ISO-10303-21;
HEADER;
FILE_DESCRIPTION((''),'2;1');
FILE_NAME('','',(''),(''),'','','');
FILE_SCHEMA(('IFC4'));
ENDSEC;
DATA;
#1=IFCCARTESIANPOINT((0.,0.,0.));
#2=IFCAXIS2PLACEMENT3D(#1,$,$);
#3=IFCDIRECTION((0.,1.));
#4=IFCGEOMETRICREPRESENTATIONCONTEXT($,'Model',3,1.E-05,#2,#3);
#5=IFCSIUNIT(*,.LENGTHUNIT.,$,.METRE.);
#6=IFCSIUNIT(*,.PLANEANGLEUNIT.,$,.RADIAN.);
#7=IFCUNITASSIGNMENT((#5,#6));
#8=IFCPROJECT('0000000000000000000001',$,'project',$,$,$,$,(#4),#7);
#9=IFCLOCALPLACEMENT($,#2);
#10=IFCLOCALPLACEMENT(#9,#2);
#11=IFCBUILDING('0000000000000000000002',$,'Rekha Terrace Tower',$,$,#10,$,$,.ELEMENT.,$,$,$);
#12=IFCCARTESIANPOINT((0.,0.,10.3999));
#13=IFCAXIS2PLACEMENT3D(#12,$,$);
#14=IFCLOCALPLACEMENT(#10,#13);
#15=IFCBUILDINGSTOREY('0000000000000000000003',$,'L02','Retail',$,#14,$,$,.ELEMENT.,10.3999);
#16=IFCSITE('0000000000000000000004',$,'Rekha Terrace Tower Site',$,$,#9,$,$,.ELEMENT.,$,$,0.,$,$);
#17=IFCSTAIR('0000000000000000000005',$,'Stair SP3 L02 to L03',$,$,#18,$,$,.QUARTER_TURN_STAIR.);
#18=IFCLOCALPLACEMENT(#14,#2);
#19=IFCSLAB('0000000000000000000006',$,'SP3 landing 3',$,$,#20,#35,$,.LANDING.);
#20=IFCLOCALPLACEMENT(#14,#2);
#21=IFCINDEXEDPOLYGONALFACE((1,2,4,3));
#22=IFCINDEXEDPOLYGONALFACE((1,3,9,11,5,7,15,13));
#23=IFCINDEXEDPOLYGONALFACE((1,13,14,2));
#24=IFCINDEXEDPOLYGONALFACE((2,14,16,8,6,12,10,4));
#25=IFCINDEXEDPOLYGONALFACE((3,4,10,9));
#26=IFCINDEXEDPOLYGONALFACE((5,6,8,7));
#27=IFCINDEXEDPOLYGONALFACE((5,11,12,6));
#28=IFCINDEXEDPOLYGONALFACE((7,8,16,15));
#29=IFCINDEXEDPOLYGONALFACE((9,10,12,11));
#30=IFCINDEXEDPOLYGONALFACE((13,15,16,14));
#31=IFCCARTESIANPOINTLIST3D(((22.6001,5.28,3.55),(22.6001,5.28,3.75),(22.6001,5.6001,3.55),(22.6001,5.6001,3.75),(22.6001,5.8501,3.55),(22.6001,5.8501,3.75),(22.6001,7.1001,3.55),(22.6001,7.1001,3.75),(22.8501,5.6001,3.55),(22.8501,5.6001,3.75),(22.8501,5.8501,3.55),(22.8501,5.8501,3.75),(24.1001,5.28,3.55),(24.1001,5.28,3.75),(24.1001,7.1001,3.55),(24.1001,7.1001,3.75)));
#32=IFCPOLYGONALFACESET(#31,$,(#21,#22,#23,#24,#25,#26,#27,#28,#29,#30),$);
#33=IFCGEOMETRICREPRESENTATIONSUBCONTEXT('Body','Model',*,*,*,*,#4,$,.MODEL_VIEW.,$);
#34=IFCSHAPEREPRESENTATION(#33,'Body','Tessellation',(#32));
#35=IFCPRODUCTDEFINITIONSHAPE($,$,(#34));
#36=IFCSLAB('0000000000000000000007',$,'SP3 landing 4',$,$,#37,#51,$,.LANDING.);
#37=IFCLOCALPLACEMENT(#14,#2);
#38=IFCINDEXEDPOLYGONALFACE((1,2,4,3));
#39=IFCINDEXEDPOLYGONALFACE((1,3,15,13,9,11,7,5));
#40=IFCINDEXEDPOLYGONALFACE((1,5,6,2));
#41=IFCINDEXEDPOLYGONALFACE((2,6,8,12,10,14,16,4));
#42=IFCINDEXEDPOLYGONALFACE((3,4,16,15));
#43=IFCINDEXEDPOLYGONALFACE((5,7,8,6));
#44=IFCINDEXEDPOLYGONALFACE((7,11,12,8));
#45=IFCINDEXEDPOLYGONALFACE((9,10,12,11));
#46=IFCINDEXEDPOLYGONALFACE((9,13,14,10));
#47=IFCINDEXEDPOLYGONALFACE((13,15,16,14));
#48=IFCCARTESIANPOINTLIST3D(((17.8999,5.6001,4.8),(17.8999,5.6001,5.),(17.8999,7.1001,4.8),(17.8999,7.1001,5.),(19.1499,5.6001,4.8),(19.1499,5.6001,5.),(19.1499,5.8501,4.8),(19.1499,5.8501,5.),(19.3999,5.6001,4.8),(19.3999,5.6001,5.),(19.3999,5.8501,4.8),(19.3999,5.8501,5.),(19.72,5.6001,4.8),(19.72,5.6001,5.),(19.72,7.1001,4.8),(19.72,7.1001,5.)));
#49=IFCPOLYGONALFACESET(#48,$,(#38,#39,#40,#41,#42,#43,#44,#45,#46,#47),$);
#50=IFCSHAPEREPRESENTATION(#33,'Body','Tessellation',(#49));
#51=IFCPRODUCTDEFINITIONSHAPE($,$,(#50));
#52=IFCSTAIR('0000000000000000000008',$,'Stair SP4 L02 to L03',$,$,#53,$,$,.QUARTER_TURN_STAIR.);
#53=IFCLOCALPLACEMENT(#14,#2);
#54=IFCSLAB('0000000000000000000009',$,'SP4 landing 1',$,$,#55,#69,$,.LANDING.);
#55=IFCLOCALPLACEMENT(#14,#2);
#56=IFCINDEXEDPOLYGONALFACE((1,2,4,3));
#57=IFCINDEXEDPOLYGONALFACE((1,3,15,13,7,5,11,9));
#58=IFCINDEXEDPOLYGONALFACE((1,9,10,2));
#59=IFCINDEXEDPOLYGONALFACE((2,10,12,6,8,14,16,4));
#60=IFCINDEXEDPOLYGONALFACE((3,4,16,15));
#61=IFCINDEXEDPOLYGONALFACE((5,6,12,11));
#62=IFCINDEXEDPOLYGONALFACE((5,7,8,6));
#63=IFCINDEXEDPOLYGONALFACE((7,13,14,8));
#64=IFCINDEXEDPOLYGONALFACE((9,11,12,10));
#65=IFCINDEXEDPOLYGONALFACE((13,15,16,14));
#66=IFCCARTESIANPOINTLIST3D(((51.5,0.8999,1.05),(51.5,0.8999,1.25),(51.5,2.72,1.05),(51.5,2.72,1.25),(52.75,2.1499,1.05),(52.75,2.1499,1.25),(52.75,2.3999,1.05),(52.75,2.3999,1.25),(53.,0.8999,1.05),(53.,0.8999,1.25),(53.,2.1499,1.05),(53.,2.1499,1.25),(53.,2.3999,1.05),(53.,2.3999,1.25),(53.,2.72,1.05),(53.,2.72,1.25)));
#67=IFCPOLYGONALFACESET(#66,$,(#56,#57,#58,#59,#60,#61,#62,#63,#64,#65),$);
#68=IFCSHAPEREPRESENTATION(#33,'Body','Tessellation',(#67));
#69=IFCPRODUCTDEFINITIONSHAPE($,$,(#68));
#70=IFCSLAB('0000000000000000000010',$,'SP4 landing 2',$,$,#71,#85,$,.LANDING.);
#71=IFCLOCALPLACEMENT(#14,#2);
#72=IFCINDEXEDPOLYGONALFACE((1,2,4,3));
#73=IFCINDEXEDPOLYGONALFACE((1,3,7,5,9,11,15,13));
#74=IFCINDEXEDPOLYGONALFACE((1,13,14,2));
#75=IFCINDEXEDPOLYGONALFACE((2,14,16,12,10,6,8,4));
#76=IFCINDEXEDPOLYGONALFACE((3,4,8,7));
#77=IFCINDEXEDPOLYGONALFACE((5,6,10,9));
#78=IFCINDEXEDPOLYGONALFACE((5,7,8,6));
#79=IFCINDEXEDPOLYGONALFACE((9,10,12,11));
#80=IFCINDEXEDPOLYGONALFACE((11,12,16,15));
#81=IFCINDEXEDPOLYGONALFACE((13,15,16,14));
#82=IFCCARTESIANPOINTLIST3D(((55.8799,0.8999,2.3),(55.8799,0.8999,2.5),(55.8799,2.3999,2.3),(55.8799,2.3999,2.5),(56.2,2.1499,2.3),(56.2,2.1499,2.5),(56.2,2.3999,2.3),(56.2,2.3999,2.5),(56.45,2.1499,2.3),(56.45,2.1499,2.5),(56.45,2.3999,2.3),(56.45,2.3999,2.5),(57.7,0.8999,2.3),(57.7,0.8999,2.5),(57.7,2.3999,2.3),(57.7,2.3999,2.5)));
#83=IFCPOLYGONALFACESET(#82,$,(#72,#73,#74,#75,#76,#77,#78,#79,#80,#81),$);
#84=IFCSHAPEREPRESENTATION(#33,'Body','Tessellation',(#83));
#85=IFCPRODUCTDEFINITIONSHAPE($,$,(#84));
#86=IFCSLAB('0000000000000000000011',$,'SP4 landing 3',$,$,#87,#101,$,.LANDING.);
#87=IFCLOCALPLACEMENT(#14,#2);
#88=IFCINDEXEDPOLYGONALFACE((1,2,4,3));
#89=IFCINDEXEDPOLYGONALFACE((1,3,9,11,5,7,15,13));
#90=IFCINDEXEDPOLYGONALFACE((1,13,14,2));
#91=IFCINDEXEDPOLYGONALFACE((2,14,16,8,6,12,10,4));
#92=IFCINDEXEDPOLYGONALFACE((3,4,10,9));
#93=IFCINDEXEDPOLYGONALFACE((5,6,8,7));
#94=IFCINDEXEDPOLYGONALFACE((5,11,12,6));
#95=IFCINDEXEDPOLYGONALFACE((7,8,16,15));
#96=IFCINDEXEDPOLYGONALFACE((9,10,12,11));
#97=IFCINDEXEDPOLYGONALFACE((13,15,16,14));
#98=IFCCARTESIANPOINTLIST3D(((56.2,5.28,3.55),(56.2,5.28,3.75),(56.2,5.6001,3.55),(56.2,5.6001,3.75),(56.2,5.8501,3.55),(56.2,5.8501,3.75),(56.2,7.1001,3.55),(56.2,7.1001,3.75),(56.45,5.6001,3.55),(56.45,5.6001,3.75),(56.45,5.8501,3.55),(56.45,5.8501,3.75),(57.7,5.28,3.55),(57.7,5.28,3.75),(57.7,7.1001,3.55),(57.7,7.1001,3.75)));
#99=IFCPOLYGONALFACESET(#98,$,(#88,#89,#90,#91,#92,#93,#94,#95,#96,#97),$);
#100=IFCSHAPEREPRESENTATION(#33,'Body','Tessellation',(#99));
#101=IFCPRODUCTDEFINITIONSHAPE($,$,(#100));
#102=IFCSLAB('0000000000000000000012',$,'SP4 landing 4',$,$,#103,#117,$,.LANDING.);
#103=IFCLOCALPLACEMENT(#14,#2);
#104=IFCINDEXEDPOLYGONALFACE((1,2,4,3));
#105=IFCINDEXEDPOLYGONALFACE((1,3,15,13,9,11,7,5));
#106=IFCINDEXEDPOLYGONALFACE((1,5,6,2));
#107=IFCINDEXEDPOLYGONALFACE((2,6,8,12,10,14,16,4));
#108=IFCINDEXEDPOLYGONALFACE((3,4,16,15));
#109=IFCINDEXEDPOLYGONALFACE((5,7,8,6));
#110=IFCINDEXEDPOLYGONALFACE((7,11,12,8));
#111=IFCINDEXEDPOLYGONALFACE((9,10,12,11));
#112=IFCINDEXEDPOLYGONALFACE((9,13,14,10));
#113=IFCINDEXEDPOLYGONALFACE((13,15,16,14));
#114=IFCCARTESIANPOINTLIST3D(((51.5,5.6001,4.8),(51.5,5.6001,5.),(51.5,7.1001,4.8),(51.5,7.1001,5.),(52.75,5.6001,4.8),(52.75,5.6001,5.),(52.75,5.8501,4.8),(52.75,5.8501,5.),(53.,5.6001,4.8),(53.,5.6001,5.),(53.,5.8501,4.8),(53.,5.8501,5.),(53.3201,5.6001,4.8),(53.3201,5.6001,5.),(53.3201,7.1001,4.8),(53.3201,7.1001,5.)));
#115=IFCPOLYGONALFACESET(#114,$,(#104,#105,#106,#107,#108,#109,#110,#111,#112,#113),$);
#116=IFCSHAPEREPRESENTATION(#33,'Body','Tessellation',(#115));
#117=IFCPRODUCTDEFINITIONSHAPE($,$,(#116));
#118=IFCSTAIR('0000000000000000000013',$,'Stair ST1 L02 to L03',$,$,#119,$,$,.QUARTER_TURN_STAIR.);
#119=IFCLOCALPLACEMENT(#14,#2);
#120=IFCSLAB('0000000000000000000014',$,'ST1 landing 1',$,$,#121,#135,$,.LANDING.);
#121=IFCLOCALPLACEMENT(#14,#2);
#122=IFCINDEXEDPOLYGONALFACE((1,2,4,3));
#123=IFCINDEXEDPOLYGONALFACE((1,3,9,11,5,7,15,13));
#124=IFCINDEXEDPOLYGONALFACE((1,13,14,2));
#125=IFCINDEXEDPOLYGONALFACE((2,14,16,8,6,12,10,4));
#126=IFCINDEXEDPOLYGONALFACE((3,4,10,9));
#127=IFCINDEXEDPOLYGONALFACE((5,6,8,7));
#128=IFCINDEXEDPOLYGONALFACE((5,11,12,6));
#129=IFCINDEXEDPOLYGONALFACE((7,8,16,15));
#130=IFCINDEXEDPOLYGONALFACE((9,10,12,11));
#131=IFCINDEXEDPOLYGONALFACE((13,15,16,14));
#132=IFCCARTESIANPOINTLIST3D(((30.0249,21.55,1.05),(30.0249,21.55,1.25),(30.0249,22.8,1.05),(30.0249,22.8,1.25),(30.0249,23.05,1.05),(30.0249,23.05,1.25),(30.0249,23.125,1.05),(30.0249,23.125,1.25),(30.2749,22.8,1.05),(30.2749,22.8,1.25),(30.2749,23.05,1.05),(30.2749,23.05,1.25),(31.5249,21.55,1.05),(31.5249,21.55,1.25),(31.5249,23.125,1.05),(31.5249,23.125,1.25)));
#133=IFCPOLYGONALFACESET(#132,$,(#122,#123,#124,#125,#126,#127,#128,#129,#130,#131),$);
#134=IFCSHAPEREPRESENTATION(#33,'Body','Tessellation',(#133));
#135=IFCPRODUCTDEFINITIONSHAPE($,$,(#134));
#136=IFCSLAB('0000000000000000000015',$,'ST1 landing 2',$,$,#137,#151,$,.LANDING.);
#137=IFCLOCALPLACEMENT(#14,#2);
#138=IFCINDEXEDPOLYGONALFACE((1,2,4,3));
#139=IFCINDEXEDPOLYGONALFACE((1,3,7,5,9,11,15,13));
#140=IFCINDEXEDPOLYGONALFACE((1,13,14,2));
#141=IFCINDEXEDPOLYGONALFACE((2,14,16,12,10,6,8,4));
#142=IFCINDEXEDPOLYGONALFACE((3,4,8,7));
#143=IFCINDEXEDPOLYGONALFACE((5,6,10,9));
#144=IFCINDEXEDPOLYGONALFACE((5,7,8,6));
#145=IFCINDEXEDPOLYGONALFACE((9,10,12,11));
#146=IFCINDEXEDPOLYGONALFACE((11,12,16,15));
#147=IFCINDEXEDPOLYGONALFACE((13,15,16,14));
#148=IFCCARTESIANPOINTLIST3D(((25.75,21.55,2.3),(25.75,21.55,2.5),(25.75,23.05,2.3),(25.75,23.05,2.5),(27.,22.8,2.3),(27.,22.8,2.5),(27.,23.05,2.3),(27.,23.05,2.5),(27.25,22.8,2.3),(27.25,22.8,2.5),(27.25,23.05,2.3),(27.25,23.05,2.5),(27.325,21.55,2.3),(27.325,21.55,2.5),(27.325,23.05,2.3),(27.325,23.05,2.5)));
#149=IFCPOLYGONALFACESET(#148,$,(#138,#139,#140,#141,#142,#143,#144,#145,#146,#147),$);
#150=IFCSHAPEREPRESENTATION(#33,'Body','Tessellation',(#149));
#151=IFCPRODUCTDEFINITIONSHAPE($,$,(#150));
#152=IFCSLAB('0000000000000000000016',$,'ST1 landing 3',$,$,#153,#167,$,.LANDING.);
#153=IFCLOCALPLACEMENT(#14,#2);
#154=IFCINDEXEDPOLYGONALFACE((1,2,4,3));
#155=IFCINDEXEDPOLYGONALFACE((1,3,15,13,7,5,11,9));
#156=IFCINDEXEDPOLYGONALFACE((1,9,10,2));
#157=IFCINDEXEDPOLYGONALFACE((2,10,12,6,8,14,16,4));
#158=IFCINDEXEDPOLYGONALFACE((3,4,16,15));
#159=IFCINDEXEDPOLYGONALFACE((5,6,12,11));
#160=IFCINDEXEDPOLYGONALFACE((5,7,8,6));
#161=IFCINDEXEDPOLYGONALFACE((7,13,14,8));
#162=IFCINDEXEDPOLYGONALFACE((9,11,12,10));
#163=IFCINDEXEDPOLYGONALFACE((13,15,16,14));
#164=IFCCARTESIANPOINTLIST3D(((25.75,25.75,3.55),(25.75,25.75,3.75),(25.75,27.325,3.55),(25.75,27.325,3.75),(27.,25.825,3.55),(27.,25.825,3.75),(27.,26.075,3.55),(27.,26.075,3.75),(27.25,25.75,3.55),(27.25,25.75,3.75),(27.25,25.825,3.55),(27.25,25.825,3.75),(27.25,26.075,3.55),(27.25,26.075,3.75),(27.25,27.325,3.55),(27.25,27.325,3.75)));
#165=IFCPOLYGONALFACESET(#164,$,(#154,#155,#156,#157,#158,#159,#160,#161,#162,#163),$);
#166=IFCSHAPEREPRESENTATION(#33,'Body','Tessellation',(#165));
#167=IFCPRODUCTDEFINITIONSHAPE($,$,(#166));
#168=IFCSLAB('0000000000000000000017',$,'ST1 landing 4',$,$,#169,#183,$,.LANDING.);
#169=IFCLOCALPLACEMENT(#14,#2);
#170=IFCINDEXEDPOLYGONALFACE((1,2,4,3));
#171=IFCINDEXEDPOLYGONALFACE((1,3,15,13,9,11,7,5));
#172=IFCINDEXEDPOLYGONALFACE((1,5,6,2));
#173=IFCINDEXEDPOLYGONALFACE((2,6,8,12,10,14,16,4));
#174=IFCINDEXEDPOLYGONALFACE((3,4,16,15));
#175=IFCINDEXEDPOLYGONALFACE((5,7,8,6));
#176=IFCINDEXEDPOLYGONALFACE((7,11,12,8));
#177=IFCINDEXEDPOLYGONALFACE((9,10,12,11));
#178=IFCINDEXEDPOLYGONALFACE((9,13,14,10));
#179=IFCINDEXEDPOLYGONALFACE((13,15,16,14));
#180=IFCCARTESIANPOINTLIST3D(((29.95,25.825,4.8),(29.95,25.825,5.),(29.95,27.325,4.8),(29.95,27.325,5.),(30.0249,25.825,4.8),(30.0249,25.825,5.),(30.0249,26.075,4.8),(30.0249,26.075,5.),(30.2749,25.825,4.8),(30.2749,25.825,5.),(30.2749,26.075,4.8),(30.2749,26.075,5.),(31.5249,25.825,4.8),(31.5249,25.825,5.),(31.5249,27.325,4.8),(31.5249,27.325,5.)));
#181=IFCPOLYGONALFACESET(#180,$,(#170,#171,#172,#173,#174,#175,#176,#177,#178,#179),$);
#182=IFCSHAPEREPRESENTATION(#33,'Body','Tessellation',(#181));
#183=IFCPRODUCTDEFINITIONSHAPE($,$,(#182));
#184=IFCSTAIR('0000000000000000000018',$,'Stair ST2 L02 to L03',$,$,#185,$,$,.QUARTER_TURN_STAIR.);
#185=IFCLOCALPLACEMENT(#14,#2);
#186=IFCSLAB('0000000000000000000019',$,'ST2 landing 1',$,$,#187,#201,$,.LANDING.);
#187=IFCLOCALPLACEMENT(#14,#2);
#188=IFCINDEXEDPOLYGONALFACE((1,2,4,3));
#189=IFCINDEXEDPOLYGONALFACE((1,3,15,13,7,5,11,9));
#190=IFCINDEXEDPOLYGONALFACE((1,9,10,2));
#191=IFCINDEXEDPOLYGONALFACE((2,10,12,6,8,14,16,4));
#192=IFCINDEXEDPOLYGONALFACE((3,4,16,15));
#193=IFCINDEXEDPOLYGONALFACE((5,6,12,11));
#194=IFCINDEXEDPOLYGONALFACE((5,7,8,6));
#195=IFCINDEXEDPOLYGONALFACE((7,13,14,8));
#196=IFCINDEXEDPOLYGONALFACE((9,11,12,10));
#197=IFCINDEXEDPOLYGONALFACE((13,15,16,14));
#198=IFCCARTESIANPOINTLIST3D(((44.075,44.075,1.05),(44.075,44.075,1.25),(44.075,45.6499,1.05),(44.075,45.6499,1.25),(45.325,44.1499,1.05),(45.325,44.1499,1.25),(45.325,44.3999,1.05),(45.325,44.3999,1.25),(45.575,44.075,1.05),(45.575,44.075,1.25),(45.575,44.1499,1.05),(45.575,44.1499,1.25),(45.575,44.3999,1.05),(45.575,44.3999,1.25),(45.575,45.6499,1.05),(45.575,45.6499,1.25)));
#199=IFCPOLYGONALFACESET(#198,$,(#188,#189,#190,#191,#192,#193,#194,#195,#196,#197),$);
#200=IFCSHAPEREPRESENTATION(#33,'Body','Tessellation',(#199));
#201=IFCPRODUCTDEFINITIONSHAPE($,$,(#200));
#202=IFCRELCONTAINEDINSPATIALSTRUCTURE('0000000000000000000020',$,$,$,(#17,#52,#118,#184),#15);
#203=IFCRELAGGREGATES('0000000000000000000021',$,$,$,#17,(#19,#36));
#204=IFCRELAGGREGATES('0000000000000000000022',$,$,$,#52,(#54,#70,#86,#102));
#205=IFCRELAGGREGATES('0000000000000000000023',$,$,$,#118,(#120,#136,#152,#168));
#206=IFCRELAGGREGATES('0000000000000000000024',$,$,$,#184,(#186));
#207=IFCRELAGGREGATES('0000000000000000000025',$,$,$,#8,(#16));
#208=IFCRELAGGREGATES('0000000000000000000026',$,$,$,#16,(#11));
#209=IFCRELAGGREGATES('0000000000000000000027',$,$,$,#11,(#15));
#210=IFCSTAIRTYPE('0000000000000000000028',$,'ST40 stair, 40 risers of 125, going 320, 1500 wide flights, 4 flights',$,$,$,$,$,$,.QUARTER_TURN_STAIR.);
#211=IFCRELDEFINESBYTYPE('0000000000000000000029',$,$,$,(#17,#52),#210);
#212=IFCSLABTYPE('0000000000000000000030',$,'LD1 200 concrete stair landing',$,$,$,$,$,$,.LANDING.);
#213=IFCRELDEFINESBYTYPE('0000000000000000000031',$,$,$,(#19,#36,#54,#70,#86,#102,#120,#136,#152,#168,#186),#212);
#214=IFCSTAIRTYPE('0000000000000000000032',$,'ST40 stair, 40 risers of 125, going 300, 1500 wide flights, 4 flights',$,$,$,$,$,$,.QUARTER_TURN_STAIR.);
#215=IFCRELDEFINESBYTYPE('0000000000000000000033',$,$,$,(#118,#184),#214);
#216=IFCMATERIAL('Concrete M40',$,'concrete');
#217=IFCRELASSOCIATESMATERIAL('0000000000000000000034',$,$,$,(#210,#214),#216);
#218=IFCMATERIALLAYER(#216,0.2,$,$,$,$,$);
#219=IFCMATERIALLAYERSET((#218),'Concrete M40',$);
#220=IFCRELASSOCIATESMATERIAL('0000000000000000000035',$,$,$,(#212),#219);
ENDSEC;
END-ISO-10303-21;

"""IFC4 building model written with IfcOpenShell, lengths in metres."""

from ifc_helpers import new_model, si_unit, direction, frame, origin, place, context, subcontext, project, spatial, polyline, outline, extrude, material, layer, layer_set, type_object, element, aggregate, save


model = new_model("IFC4")

# Units and contexts
model_context = context("Model", 3, precision=1e-05, world=origin(), true_north=direction((0.0, 1.0)))
body_context = subcontext(model_context, "Body", "Model", "MODEL_VIEW")
ifc_project = project(units=[si_unit("LENGTHUNIT", "METRE"), si_unit("PLANEANGLEUNIT", "RADIAN")], contexts=[model_context])

# Site, building, storey
site_placement = place(None, origin())
site = spatial("IfcSite", under=ifc_project, at=site_placement, Name="Rekha Terrace Tower Site", CompositionType="ELEMENT", RefElevation=0.0)
building_placement = place(site_placement, origin())
building = spatial("IfcBuilding", under=site, at=building_placement, Name="Rekha Terrace Tower", CompositionType="ELEMENT")
storey_placement = place(building_placement, frame((0.0, 0.0, 10.3999)))
storey = spatial("IfcBuildingStorey", under=building, at=storey_placement, Name="L02", Description="Retail", CompositionType="ELEMENT", Elevation=10.3999)

# Stairs, slabs
ifc_material_1 = material(Name="Concrete M40", Category="concrete")
stair_type_1 = type_object("IfcStairType", Name="ST40 stair, 40 risers of 125, going 320, 1500 wide flights, 4 flights", PredefinedType="QUARTER_TURN_STAIR", material=ifc_material_1)
ifc_layer_1 = layer(ifc_material_1, 0.2)
ifc_layer_set_1 = layer_set([ifc_layer_1], Name="Concrete M40")
slab_type_1 = type_object("IfcSlabType", Name="LD1 200 concrete stair landing", PredefinedType="LANDING", material=ifc_layer_set_1)
stair_1_placement = place(storey_placement, origin())
stair_1 = element("IfcStair", 1, at=stair_1_placement, inside=storey, type_object=stair_type_1, Name="Stair SP3 L02 to L03", PredefinedType="QUARTER_TURN_STAIR")
slab_1_placement = place(storey_placement, frame((0.0, 0.0, 3.55)))
slab_1 = element("IfcSlab", 2, at=slab_1_placement, type_object=slab_type_1, Name="SP3 landing 3", PredefinedType="LANDING", context=body_context, shape_type="SweptSolid", body=[
    extrude(outline(polyline([(22.6001, 7.1001), (24.1001, 7.1001), (24.1001, 5.28), (22.6001, 5.28), (22.6001, 5.6001), (22.8501, 5.6001), (22.8501, 5.8501), (22.6001, 5.8501), (22.6001, 7.1001)])), origin(), (0.0, 0.0, 1.0), 0.2),
])
slab_2_placement = place(storey_placement, frame((0.0, 0.0, 4.8)))
slab_2 = element("IfcSlab", 3, at=slab_2_placement, type_object=slab_type_1, Name="SP3 landing 4", PredefinedType="LANDING", context=body_context, shape_type="SweptSolid", body=[
    extrude(outline(polyline([(17.8999, 5.6001), (17.8999, 7.1001), (19.72, 7.1001), (19.72, 5.6001), (19.3999, 5.6001), (19.3999, 5.8501), (19.1499, 5.8501), (19.1499, 5.6001), (17.8999, 5.6001)])), origin(), (0.0, 0.0, 1.0), 0.2),
])
aggregate(stair_1, [slab_1, slab_2])
stair_2_placement = place(storey_placement, origin())
stair_2 = element("IfcStair", 4, at=stair_2_placement, inside=storey, type_object=stair_type_1, Name="Stair SP4 L02 to L03", PredefinedType="QUARTER_TURN_STAIR")
slab_3_placement = place(storey_placement, frame((0.0, 0.0, 1.05)))
slab_3 = element("IfcSlab", 5, at=slab_3_placement, type_object=slab_type_1, Name="SP4 landing 1", PredefinedType="LANDING", context=body_context, shape_type="SweptSolid", body=[
    extrude(outline(polyline([(53.0, 0.8999), (51.5, 0.8999), (51.5, 2.72), (53.0, 2.72), (53.0, 2.3999), (52.75, 2.3999), (52.75, 2.1499), (53.0, 2.1499), (53.0, 0.8999)])), origin(), (0.0, 0.0, 1.0), 0.2),
])
slab_4_placement = place(storey_placement, frame((0.0, 0.0, 2.3)))
slab_4 = element("IfcSlab", 6, at=slab_4_placement, type_object=slab_type_1, Name="SP4 landing 2", PredefinedType="LANDING", context=body_context, shape_type="SweptSolid", body=[
    extrude(outline(polyline([(57.7, 2.3999), (57.7, 0.8999), (55.8799, 0.8999), (55.8799, 2.3999), (56.2, 2.3999), (56.2, 2.1499), (56.45, 2.1499), (56.45, 2.3999), (57.7, 2.3999)])), origin(), (0.0, 0.0, 1.0), 0.2),
])
slab_5_placement = place(storey_placement, frame((0.0, 0.0, 3.55)))
slab_5 = element("IfcSlab", 7, at=slab_5_placement, type_object=slab_type_1, Name="SP4 landing 3", PredefinedType="LANDING", context=body_context, shape_type="SweptSolid", body=[
    extrude(outline(polyline([(56.2, 7.1001), (57.7, 7.1001), (57.7, 5.28), (56.2, 5.28), (56.2, 5.6001), (56.45, 5.6001), (56.45, 5.8501), (56.2, 5.8501), (56.2, 7.1001)])), origin(), (0.0, 0.0, 1.0), 0.2),
])
slab_6_placement = place(storey_placement, frame((0.0, 0.0, 4.8)))
slab_6 = element("IfcSlab", 8, at=slab_6_placement, type_object=slab_type_1, Name="SP4 landing 4", PredefinedType="LANDING", context=body_context, shape_type="SweptSolid", body=[
    extrude(outline(polyline([(51.5, 5.6001), (51.5, 7.1001), (53.3201, 7.1001), (53.3201, 5.6001), (53.0, 5.6001), (53.0, 5.8501), (52.75, 5.8501), (52.75, 5.6001), (51.5, 5.6001)])), origin(), (0.0, 0.0, 1.0), 0.2),
])
aggregate(stair_2, [slab_3, slab_4, slab_5, slab_6])
stair_type_2 = type_object("IfcStairType", Name="ST40 stair, 40 risers of 125, going 300, 1500 wide flights, 4 flights", PredefinedType="QUARTER_TURN_STAIR", material=ifc_material_1)
stair_3_placement = place(storey_placement, origin())
stair_3 = element("IfcStair", 9, at=stair_3_placement, inside=storey, type_object=stair_type_2, Name="Stair ST1 L02 to L03", PredefinedType="QUARTER_TURN_STAIR")
slab_7_placement = place(storey_placement, frame((0.0, 0.0, 1.05)))
slab_7 = element("IfcSlab", 10, at=slab_7_placement, type_object=slab_type_1, Name="ST1 landing 1", PredefinedType="LANDING", context=body_context, shape_type="SweptSolid", body=[
    extrude(outline(polyline([(30.0249, 21.55), (31.5249, 21.55), (31.5249, 23.125), (30.0249, 23.125), (30.0249, 23.05), (30.2749, 23.05), (30.2749, 22.8), (30.0249, 22.8), (30.0249, 21.55)])), origin(), (0.0, 0.0, 1.0), 0.2),
])
slab_8_placement = place(storey_placement, frame((0.0, 0.0, 2.3)))
slab_8 = element("IfcSlab", 11, at=slab_8_placement, type_object=slab_type_1, Name="ST1 landing 2", PredefinedType="LANDING", context=body_context, shape_type="SweptSolid", body=[
    extrude(outline(polyline([(25.75, 23.05), (25.75, 21.55), (27.325, 21.55), (27.325, 23.05), (27.25, 23.05), (27.25, 22.8), (27.0, 22.8), (27.0, 23.05), (25.75, 23.05)])), origin(), (0.0, 0.0, 1.0), 0.2),
])
slab_9_placement = place(storey_placement, frame((0.0, 0.0, 3.55)))
slab_9 = element("IfcSlab", 12, at=slab_9_placement, type_object=slab_type_1, Name="ST1 landing 3", PredefinedType="LANDING", context=body_context, shape_type="SweptSolid", body=[
    extrude(outline(polyline([(27.25, 27.325), (25.75, 27.325), (25.75, 25.75), (27.25, 25.75), (27.25, 25.825), (27.0, 25.825), (27.0, 26.075), (27.25, 26.075), (27.25, 27.325)])), origin(), (0.0, 0.0, 1.0), 0.2),
])
slab_10_placement = place(storey_placement, frame((0.0, 0.0, 4.8)))
slab_10 = element("IfcSlab", 13, at=slab_10_placement, type_object=slab_type_1, Name="ST1 landing 4", PredefinedType="LANDING", context=body_context, shape_type="SweptSolid", body=[
    extrude(outline(polyline([(31.5249, 25.825), (31.5249, 27.325), (29.95, 27.325), (29.95, 25.825), (30.0249, 25.825), (30.0249, 26.075), (30.2749, 26.075), (30.2749, 25.825), (31.5249, 25.825)])), origin(), (0.0, 0.0, 1.0), 0.2),
])
aggregate(stair_3, [slab_7, slab_8, slab_9, slab_10])

# Stair, slab
stair_4_placement = place(storey_placement, origin())
stair_4 = element("IfcStair", 14, at=stair_4_placement, inside=storey, type_object=stair_type_2, Name="Stair ST2 L02 to L03", PredefinedType="QUARTER_TURN_STAIR")
slab_11_placement = place(storey_placement, frame((0.0, 0.0, 1.05)))
slab_11 = element("IfcSlab", 15, at=slab_11_placement, type_object=slab_type_1, Name="ST2 landing 1", PredefinedType="LANDING", context=body_context, shape_type="SweptSolid", body=[
    extrude(outline(polyline([(45.575, 45.6499), (44.075, 45.6499), (44.075, 44.075), (45.575, 44.075), (45.575, 44.1499), (45.325, 44.1499), (45.325, 44.3999), (45.575, 44.3999), (45.575, 45.6499)])), origin(), (0.0, 0.0, 1.0), 0.2),
])
aggregate(stair_4, [slab_11])

save(model, "model.ifc")
